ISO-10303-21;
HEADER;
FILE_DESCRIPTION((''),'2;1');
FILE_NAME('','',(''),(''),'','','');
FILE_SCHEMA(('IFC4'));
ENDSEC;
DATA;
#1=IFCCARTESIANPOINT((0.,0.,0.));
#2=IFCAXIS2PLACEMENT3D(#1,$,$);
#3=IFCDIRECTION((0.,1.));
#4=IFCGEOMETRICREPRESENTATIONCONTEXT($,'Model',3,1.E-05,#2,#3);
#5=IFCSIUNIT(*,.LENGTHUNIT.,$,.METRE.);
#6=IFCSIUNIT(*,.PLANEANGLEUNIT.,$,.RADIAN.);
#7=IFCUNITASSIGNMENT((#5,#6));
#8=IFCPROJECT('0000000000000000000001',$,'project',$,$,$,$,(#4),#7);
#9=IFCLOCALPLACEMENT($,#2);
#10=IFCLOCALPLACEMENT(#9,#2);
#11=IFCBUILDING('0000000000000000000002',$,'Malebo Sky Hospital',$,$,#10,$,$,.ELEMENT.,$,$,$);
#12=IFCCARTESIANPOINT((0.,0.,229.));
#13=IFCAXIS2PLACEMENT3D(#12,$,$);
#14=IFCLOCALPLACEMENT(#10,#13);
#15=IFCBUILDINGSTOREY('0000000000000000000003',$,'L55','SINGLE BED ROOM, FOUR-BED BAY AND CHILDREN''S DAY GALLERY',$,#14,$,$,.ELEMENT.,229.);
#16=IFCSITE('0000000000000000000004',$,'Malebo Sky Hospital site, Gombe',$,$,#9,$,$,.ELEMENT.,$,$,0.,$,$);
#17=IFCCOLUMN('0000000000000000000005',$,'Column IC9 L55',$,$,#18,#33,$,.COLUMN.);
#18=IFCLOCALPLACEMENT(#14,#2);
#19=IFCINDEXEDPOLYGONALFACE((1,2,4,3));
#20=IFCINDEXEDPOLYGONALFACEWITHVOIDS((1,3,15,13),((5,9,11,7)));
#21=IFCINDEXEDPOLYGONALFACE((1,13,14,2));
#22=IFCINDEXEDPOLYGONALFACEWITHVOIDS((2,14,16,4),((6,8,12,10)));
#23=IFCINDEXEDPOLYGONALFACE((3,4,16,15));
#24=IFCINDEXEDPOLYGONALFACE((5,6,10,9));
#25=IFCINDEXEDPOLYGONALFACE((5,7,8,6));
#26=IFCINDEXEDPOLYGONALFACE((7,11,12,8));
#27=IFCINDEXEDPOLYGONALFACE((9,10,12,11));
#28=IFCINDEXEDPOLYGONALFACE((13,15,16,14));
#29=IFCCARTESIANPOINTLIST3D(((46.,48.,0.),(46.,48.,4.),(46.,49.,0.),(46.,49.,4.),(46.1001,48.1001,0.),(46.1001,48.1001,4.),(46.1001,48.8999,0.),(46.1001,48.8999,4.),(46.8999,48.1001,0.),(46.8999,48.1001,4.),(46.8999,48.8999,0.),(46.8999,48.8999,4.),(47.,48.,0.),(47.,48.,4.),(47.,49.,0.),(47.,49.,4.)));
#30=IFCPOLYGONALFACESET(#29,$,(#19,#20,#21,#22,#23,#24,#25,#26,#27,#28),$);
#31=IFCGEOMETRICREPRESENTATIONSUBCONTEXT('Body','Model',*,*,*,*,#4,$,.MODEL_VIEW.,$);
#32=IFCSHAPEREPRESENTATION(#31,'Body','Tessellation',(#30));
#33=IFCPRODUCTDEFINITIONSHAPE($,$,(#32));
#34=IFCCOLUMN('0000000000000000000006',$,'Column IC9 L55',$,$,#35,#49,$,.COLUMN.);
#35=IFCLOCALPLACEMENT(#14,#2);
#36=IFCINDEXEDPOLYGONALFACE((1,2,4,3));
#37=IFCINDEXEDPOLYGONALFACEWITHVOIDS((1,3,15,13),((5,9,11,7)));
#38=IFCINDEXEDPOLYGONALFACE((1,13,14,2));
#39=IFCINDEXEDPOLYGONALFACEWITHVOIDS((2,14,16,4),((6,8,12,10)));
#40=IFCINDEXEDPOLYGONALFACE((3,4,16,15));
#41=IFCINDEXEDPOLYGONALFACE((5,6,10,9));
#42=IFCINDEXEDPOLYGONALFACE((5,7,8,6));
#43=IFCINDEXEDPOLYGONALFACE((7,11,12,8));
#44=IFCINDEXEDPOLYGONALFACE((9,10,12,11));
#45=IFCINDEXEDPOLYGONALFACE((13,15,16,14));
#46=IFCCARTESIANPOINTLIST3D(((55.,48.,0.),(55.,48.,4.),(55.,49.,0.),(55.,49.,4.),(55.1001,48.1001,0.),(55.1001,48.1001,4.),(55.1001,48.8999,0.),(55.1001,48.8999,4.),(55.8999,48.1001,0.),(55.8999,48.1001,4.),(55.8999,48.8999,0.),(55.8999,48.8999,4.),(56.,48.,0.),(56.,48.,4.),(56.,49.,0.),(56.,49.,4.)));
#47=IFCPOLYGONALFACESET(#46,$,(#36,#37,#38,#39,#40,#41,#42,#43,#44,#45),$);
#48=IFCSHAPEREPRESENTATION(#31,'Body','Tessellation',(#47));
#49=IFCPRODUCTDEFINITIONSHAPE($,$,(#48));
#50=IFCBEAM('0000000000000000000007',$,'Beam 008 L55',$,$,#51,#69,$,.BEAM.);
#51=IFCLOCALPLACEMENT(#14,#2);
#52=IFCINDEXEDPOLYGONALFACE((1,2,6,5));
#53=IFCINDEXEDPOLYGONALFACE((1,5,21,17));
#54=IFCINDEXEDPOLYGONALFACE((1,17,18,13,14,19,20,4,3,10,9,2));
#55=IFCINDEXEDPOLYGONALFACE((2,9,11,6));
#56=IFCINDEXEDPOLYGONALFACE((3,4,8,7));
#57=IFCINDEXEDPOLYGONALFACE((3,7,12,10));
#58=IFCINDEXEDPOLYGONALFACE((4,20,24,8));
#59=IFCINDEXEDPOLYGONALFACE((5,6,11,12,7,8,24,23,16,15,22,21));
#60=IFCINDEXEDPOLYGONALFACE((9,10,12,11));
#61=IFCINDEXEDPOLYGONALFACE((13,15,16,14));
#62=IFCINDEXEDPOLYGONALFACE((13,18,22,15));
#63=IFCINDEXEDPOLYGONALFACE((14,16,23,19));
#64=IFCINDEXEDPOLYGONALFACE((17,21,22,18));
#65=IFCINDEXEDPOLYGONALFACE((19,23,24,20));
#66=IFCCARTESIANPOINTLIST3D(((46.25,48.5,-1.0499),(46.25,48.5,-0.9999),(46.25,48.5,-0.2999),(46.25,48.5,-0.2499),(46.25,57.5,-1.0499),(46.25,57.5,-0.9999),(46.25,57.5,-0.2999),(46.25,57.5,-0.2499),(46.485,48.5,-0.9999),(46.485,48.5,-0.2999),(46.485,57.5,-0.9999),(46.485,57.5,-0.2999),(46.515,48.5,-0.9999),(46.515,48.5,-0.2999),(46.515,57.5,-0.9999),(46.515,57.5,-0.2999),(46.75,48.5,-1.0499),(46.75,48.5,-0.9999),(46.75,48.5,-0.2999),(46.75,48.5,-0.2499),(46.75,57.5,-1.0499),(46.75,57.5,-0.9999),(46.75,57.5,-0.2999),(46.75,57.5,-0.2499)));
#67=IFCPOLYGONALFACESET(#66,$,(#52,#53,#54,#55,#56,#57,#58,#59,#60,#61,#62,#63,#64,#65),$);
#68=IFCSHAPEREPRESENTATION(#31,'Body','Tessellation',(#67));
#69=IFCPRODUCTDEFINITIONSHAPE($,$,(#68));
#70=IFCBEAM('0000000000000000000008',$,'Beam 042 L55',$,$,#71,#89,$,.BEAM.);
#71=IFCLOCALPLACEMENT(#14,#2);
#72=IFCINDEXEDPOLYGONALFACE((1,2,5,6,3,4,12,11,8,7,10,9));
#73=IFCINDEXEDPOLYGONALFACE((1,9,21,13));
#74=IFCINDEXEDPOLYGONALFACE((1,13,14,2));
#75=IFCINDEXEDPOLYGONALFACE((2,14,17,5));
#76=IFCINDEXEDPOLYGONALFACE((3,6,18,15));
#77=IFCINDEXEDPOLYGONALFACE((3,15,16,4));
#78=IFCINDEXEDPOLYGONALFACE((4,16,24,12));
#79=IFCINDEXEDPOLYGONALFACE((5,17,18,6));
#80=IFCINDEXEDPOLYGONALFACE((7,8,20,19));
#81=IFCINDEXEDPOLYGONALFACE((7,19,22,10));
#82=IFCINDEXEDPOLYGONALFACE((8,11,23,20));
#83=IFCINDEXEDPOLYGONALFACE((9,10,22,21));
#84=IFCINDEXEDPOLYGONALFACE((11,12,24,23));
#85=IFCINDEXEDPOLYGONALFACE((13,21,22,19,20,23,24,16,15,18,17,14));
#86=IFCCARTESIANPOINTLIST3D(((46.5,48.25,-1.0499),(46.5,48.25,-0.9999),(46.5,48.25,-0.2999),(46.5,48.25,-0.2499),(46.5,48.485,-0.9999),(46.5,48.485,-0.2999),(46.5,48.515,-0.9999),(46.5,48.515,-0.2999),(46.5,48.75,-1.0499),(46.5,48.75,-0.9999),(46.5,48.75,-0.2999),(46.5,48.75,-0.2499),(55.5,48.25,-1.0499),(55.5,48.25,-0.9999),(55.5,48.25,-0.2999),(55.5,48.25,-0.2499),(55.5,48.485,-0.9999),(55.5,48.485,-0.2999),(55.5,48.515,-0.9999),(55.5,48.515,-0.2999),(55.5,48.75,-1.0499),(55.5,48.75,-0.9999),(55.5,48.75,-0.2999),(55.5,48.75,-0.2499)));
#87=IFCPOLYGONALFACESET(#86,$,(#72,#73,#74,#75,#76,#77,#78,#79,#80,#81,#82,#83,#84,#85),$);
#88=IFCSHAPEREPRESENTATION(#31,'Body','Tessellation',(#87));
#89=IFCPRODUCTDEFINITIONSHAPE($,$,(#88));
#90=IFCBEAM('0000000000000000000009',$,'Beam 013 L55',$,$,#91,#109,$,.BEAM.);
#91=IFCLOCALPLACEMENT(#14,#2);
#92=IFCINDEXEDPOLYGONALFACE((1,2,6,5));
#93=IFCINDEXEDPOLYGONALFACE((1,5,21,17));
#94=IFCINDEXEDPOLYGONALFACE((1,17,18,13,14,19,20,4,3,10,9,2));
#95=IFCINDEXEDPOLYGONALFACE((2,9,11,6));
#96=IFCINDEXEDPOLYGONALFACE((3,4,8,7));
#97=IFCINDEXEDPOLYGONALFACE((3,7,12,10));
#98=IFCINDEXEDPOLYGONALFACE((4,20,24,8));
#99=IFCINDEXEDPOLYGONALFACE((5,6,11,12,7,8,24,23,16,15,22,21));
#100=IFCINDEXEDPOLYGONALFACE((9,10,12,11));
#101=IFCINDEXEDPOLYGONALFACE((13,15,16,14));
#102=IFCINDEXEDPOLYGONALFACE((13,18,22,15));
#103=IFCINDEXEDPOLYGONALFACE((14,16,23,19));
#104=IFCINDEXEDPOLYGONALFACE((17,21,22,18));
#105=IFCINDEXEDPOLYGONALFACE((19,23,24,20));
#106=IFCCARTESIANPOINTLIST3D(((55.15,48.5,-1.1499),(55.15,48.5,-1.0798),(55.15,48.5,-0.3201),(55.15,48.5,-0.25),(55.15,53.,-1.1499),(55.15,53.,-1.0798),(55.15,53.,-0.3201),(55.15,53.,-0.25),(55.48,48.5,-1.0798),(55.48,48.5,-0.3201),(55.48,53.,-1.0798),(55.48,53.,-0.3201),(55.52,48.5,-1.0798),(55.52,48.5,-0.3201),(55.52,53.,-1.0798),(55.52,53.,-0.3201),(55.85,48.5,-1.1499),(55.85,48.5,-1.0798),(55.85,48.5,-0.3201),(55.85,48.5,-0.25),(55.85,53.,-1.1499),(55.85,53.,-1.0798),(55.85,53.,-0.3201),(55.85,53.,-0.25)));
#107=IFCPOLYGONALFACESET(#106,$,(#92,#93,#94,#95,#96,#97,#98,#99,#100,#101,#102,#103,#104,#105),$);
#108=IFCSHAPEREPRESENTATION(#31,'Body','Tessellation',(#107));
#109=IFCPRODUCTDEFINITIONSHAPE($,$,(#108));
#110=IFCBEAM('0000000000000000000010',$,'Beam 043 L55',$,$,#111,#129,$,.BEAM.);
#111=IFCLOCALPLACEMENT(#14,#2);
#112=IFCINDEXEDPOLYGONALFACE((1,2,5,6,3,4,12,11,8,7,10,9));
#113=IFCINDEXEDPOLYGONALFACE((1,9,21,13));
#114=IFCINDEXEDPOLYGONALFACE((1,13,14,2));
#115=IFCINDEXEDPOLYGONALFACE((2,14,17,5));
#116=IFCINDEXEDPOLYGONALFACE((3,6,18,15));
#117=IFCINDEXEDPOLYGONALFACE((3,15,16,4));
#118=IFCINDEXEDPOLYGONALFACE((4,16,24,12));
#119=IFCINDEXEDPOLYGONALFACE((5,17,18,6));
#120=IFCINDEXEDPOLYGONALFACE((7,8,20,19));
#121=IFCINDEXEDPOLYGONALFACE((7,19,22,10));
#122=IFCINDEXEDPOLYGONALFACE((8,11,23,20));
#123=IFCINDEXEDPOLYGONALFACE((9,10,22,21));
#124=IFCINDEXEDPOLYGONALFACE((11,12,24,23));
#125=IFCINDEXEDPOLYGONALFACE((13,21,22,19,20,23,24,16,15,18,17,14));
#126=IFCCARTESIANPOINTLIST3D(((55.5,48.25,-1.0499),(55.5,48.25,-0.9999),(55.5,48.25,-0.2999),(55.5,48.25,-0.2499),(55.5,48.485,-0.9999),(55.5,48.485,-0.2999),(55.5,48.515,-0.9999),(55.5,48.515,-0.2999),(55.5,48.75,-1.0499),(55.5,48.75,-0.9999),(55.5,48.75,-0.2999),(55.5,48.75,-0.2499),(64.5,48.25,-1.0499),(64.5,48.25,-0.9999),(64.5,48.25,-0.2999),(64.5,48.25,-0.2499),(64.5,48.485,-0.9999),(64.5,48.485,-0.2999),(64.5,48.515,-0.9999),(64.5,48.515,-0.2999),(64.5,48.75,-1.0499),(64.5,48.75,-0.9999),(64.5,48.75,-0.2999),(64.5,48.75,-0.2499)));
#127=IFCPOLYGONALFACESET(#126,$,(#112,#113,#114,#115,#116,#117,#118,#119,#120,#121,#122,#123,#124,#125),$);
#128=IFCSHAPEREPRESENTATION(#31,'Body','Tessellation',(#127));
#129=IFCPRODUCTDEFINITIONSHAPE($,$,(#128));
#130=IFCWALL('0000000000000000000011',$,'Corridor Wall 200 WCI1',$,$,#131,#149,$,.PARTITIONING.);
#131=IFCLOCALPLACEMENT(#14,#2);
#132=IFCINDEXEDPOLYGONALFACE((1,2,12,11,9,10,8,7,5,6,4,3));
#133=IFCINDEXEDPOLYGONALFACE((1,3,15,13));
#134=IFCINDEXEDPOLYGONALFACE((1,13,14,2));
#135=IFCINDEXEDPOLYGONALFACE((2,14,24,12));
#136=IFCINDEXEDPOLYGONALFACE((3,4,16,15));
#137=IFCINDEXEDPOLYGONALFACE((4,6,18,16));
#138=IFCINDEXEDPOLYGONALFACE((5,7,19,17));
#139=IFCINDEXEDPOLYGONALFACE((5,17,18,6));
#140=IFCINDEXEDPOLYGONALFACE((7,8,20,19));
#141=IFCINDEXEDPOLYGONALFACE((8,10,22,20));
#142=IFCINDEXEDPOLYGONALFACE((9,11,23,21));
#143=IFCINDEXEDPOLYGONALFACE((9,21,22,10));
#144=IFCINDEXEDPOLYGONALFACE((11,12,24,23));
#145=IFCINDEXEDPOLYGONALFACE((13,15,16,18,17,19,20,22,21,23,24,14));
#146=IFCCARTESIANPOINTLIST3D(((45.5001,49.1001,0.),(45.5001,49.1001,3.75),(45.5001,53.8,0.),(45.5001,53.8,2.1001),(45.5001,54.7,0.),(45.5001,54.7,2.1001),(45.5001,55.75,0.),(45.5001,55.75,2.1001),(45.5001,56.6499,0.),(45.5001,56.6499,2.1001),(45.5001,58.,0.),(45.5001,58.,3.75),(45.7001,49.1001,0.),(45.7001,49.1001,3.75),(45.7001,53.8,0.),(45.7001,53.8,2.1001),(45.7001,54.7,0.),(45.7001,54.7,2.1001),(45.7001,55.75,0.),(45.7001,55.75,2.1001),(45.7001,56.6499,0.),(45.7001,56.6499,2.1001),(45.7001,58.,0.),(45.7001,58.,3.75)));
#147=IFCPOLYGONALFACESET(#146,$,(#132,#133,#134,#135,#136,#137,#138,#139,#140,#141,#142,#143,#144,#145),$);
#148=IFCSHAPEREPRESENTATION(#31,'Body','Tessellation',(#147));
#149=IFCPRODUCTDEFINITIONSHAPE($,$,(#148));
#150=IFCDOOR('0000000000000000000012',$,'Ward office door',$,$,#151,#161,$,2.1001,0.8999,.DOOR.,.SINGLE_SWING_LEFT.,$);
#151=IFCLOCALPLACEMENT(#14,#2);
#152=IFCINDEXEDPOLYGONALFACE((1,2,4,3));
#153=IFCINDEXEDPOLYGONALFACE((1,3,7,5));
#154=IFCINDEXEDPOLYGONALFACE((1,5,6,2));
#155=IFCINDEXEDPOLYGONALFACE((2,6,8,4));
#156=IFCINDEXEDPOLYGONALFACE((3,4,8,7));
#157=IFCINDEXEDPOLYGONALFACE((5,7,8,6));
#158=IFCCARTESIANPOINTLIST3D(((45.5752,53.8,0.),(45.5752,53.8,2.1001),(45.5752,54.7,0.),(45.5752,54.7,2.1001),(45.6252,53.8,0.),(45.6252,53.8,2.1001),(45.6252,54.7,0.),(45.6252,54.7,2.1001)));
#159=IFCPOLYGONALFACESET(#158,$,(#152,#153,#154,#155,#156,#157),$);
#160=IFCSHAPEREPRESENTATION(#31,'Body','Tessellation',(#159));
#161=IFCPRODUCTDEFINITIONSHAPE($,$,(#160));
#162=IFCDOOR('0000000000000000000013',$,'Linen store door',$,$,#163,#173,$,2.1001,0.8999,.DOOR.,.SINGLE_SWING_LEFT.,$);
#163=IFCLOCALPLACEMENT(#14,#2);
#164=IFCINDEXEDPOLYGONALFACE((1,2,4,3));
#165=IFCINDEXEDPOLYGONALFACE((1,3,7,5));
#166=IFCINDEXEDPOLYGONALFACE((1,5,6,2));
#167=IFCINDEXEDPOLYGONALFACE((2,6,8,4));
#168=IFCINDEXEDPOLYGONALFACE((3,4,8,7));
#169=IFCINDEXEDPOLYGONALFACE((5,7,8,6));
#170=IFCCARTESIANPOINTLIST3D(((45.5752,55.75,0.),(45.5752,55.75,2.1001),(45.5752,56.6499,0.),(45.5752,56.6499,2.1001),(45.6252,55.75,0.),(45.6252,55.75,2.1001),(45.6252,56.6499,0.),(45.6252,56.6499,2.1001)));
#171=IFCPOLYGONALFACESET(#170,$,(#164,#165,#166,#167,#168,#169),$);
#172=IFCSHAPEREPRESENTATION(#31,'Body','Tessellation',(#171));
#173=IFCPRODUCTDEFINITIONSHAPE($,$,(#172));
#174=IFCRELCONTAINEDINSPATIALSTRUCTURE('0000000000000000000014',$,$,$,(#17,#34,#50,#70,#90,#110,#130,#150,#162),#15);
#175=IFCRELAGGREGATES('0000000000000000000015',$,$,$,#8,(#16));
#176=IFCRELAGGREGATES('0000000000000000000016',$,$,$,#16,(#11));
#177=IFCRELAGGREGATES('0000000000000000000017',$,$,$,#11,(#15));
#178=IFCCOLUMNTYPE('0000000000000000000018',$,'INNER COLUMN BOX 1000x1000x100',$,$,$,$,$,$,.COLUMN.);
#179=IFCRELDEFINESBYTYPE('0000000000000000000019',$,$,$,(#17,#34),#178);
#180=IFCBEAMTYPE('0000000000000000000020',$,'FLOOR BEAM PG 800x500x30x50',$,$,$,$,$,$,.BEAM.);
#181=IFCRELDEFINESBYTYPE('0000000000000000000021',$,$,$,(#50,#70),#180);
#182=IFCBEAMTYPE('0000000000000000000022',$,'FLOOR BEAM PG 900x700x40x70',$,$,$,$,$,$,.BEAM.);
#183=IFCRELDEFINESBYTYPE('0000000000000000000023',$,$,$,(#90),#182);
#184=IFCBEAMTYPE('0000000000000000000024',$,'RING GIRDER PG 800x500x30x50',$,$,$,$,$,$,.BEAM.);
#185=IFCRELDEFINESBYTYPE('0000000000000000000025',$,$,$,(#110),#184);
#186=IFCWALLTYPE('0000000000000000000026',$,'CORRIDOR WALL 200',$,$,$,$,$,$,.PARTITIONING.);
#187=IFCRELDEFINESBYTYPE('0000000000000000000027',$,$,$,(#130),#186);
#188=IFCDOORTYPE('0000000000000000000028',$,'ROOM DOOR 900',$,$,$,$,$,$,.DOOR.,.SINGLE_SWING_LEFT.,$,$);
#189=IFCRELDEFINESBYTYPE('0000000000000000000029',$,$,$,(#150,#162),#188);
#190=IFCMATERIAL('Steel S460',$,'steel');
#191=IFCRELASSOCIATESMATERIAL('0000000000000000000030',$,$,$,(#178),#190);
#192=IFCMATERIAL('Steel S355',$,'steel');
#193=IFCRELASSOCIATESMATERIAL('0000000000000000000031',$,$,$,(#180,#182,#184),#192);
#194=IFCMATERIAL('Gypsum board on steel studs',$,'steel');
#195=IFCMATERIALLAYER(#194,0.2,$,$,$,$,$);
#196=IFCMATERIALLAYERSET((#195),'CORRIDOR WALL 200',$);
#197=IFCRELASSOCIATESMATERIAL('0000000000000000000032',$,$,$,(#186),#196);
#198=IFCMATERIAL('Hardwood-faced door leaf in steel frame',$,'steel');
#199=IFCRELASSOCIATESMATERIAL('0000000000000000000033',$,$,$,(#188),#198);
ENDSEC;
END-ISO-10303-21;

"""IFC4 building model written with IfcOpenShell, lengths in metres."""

from ifc_helpers import new_model, si_unit, direction, frame, frame_2d, origin, origin_2d, place, context, subcontext, project, spatial, rectangle, hollow_rectangle, i_section, extrude, material, layer, layer_set, material_profile, profile_set, type_object, element, fill, save


model = new_model("IFC4")

# Units and contexts
model_context = context("Model", 3, precision=1e-05, world=origin(), true_north=direction((0.0, 1.0)))
body_context = subcontext(model_context, "Body", "Model", "MODEL_VIEW")
ifc_project = project(units=[si_unit("LENGTHUNIT", "METRE"), si_unit("PLANEANGLEUNIT", "RADIAN")], contexts=[model_context])

# Site, building, storey
site_placement = place(None, origin())
site = spatial("IfcSite", under=ifc_project, at=site_placement, Name="Malebo Sky Hospital site, Gombe", CompositionType="ELEMENT", RefElevation=0.0)
building_placement = place(site_placement, origin())
building = spatial("IfcBuilding", under=site, at=building_placement, Name="Malebo Sky Hospital", CompositionType="ELEMENT")
storey_placement = place(building_placement, frame((0.0, 0.0, 229.0)))
storey = spatial("IfcBuildingStorey", under=building, at=storey_placement, Name="L55", Description="SINGLE BED ROOM, FOUR-BED BAY AND CHILDREN'S DAY GALLERY", CompositionType="ELEMENT", Elevation=229.0)

# Columns
ifc_material_1 = material(Name="Steel S460", Category="steel")
ifc_material_profile_1 = material_profile(ifc_material_1, hollow_rectangle(XDim=1.0, YDim=1.0, WallThickness=0.1001, at=origin_2d()), Name="BOX 1000x1000x100")
ifc_profile_set_1 = profile_set([ifc_material_profile_1], Name="Steel S460")
column_type = type_object("IfcColumnType", Name="INNER COLUMN BOX 1000x1000x100", PredefinedType="COLUMN", material=ifc_profile_set_1)
for number, where, z_axis, x_axis, name in (
    (1, (46.5, 48.5, 0.0), (0.0, 0.0, 1.0), (1.0, 0.0, 0.0), "Column IC9 L55"),
    (2, (55.5, 48.5, 0.0), (0.0, 0.0, 1.0), (1.0, 0.0, 0.0), "Column IC9 L55"),
):
    element("IfcColumn", number, at=place(storey_placement, frame(where, z_axis=z_axis, x_axis=x_axis)), inside=storey, type_object=column_type, Name=name, PredefinedType="COLUMN", context=body_context, shape_type="SweptSolid", body=[
        extrude(hollow_rectangle(XDim=1.0, YDim=1.0, WallThickness=0.1001, at=origin_2d()), origin(), (0.0, 0.0, 1.0), 4.0),
    ])

# Beams
ifc_material_2 = material(Name="Steel S355", Category="steel")
ifc_material_profile_2 = material_profile(ifc_material_2, i_section(OverallWidth=0.5, OverallDepth=0.8, WebThickness=0.03, FlangeThickness=0.05, at=origin_2d()), Name="PG 800x500x30x50")
ifc_profile_set_2 = profile_set([ifc_material_profile_2], Name="Steel S355")
beam_type_1 = type_object("IfcBeamType", Name="FLOOR BEAM PG 800x500x30x50", PredefinedType="BEAM", material=ifc_profile_set_2)
for number, where, z_axis, x_axis, name in (
    (3, (46.5, 48.5, -0.6499), (0.0, 1.0, 0.0), (-1.0, 0.0, 0.0), "Beam 008 L55"),
    (4, (46.5, 48.5, -0.6499), (1.0, 0.0, 0.0), (0.0, 1.0, 0.0), "Beam 042 L55"),
):
    element("IfcBeam", number, at=place(storey_placement, frame(where, z_axis=z_axis, x_axis=x_axis)), inside=storey, type_object=beam_type_1, Name=name, PredefinedType="BEAM", context=body_context, shape_type="SweptSolid", body=[
        extrude(i_section(OverallWidth=0.5, OverallDepth=0.8, WebThickness=0.03, FlangeThickness=0.05, at=origin_2d()), origin(), (0.0, 0.0, 1.0), 9.0),
    ])
ifc_material_profile_3 = material_profile(ifc_material_2, i_section(OverallWidth=0.7, OverallDepth=0.8999, WebThickness=0.04, FlangeThickness=0.0701, at=origin_2d()), Name="PG 900x700x40x70")
ifc_profile_set_3 = profile_set([ifc_material_profile_3], Name="Steel S355")
beam_type_2 = type_object("IfcBeamType", Name="FLOOR BEAM PG 900x700x40x70", PredefinedType="BEAM", material=ifc_profile_set_3)
beam_1_placement = place(storey_placement, frame((55.5, 48.5, -0.7), z_axis=(0.0, 1.0, 0.0), x_axis=(-1.0, 0.0, 0.0)))
element("IfcBeam", 5, at=beam_1_placement, inside=storey, type_object=beam_type_2, Name="Beam 013 L55", PredefinedType="BEAM", context=body_context, shape_type="SweptSolid", body=[
    extrude(i_section(OverallWidth=0.7, OverallDepth=0.8999, WebThickness=0.04, FlangeThickness=0.0701, at=origin_2d()), origin(), (0.0, 0.0, 1.0), 4.5),
])
ifc_material_profile_4 = material_profile(ifc_material_2, i_section(OverallWidth=0.5, OverallDepth=0.8, WebThickness=0.03, FlangeThickness=0.05, at=origin_2d()), Name="PG 800x500x30x50")
ifc_profile_set_4 = profile_set([ifc_material_profile_4], Name="Steel S355")
beam_type_3 = type_object("IfcBeamType", Name="RING GIRDER PG 800x500x30x50", PredefinedType="BEAM", material=ifc_profile_set_4)
beam_2_placement = place(storey_placement, frame((55.5, 48.5, -0.6499), z_axis=(1.0, 0.0, 0.0), x_axis=(0.0, 1.0, 0.0)))
element("IfcBeam", 6, at=beam_2_placement, inside=storey, type_object=beam_type_3, Name="Beam 043 L55", PredefinedType="BEAM", context=body_context, shape_type="SweptSolid", body=[
    extrude(i_section(OverallWidth=0.5, OverallDepth=0.8, WebThickness=0.03, FlangeThickness=0.05, at=origin_2d()), origin(), (0.0, 0.0, 1.0), 9.0),
])

# Wall, openings, doors
ifc_material_3 = material(Name="Gypsum board on steel studs", Category="steel")
ifc_layer_1 = layer(ifc_material_3, 0.2)
ifc_layer_set_1 = layer_set([ifc_layer_1], Name="CORRIDOR WALL 200")
wall_type_1 = type_object("IfcWallType", Name="CORRIDOR WALL 200", PredefinedType="PARTITIONING", material=ifc_layer_set_1)
wall_1_placement = place(storey_placement, frame((45.6001, 49.1001, 0.0), z_axis=(0.0, 0.0, 1.0), x_axis=(0.0, 1.0, 0.0)))
wall_1 = element("IfcWall", 7, at=wall_1_placement, inside=storey, type_object=wall_type_1, Name="Corridor Wall 200 WCI1", PredefinedType="PARTITIONING", context=body_context, shape_type="SweptSolid", body=[
    extrude(rectangle(XDim=8.8999, YDim=0.2, at=frame_2d((4.45, 0.0))), origin(), (0.0, 0.0, 1.0), 3.75),
])
opening_1_placement = place(wall_1_placement, frame((4.7, 0.0, 0.0)))
opening_1 = element("IfcOpeningElement", 8, at=opening_1_placement, cuts=wall_1, PredefinedType="OPENING", context=body_context, shape_type="SweptSolid", body=[
    extrude(rectangle(XDim=0.8999, YDim=2.1001, at=frame_2d((0.45, 1.05))), frame((0.0, 0.1099, 0.0), z_axis=(0.0, -1.0, 0.0), x_axis=(1.0, 0.0, 0.0)), (0.0, 0.0, 1.0), 0.22),
])
opening_2_placement = place(wall_1_placement, frame((6.6499, 0.0, 0.0)))
opening_2 = element("IfcOpeningElement", 9, at=opening_2_placement, cuts=wall_1, PredefinedType="OPENING", context=body_context, shape_type="SweptSolid", body=[
    extrude(rectangle(XDim=0.8999, YDim=2.1001, at=frame_2d((0.45, 1.05))), frame((0.0, 0.1099, 0.0), z_axis=(0.0, -1.0, 0.0), x_axis=(1.0, 0.0, 0.0)), (0.0, 0.0, 1.0), 0.22),
])
ifc_material_4 = material(Name="Hardwood-faced door leaf in steel frame", Category="steel")
door_type_1 = type_object("IfcDoorType", Name="ROOM DOOR 900", OperationType="SINGLE_SWING_LEFT", PredefinedType="DOOR", material=ifc_material_4)
door_1_placement = place(opening_1_placement, origin())
door_1 = element("IfcDoor", 10, at=door_1_placement, inside=storey, type_object=door_type_1, Name="Ward office door", OperationType="SINGLE_SWING_LEFT", OverallHeight=2.1001, OverallWidth=0.8999, PredefinedType="DOOR", context=body_context, shape_type="SweptSolid", body=[
    extrude(rectangle(XDim=0.8999, YDim=2.1001, at=frame_2d((0.45, 1.05))), frame((0.0, 0.0249, 0.0), z_axis=(0.0, -1.0, 0.0), x_axis=(1.0, 0.0, 0.0)), (0.0, 0.0, 1.0), 0.05),
])
fill(opening_1, door_1)
door_2_placement = place(opening_2_placement, origin())
door_2 = element("IfcDoor", 11, at=door_2_placement, inside=storey, type_object=door_type_1, Name="Linen store door", OperationType="SINGLE_SWING_LEFT", OverallHeight=2.1001, OverallWidth=0.8999, PredefinedType="DOOR", context=body_context, shape_type="SweptSolid", body=[
    extrude(rectangle(XDim=0.8999, YDim=2.1001, at=frame_2d((0.45, 1.05))), frame((0.0, 0.0249, 0.0), z_axis=(0.0, -1.0, 0.0), x_axis=(1.0, 0.0, 0.0)), (0.0, 0.0, 1.0), 0.05),
])
fill(opening_2, door_2)

save(model, "model.ifc")
